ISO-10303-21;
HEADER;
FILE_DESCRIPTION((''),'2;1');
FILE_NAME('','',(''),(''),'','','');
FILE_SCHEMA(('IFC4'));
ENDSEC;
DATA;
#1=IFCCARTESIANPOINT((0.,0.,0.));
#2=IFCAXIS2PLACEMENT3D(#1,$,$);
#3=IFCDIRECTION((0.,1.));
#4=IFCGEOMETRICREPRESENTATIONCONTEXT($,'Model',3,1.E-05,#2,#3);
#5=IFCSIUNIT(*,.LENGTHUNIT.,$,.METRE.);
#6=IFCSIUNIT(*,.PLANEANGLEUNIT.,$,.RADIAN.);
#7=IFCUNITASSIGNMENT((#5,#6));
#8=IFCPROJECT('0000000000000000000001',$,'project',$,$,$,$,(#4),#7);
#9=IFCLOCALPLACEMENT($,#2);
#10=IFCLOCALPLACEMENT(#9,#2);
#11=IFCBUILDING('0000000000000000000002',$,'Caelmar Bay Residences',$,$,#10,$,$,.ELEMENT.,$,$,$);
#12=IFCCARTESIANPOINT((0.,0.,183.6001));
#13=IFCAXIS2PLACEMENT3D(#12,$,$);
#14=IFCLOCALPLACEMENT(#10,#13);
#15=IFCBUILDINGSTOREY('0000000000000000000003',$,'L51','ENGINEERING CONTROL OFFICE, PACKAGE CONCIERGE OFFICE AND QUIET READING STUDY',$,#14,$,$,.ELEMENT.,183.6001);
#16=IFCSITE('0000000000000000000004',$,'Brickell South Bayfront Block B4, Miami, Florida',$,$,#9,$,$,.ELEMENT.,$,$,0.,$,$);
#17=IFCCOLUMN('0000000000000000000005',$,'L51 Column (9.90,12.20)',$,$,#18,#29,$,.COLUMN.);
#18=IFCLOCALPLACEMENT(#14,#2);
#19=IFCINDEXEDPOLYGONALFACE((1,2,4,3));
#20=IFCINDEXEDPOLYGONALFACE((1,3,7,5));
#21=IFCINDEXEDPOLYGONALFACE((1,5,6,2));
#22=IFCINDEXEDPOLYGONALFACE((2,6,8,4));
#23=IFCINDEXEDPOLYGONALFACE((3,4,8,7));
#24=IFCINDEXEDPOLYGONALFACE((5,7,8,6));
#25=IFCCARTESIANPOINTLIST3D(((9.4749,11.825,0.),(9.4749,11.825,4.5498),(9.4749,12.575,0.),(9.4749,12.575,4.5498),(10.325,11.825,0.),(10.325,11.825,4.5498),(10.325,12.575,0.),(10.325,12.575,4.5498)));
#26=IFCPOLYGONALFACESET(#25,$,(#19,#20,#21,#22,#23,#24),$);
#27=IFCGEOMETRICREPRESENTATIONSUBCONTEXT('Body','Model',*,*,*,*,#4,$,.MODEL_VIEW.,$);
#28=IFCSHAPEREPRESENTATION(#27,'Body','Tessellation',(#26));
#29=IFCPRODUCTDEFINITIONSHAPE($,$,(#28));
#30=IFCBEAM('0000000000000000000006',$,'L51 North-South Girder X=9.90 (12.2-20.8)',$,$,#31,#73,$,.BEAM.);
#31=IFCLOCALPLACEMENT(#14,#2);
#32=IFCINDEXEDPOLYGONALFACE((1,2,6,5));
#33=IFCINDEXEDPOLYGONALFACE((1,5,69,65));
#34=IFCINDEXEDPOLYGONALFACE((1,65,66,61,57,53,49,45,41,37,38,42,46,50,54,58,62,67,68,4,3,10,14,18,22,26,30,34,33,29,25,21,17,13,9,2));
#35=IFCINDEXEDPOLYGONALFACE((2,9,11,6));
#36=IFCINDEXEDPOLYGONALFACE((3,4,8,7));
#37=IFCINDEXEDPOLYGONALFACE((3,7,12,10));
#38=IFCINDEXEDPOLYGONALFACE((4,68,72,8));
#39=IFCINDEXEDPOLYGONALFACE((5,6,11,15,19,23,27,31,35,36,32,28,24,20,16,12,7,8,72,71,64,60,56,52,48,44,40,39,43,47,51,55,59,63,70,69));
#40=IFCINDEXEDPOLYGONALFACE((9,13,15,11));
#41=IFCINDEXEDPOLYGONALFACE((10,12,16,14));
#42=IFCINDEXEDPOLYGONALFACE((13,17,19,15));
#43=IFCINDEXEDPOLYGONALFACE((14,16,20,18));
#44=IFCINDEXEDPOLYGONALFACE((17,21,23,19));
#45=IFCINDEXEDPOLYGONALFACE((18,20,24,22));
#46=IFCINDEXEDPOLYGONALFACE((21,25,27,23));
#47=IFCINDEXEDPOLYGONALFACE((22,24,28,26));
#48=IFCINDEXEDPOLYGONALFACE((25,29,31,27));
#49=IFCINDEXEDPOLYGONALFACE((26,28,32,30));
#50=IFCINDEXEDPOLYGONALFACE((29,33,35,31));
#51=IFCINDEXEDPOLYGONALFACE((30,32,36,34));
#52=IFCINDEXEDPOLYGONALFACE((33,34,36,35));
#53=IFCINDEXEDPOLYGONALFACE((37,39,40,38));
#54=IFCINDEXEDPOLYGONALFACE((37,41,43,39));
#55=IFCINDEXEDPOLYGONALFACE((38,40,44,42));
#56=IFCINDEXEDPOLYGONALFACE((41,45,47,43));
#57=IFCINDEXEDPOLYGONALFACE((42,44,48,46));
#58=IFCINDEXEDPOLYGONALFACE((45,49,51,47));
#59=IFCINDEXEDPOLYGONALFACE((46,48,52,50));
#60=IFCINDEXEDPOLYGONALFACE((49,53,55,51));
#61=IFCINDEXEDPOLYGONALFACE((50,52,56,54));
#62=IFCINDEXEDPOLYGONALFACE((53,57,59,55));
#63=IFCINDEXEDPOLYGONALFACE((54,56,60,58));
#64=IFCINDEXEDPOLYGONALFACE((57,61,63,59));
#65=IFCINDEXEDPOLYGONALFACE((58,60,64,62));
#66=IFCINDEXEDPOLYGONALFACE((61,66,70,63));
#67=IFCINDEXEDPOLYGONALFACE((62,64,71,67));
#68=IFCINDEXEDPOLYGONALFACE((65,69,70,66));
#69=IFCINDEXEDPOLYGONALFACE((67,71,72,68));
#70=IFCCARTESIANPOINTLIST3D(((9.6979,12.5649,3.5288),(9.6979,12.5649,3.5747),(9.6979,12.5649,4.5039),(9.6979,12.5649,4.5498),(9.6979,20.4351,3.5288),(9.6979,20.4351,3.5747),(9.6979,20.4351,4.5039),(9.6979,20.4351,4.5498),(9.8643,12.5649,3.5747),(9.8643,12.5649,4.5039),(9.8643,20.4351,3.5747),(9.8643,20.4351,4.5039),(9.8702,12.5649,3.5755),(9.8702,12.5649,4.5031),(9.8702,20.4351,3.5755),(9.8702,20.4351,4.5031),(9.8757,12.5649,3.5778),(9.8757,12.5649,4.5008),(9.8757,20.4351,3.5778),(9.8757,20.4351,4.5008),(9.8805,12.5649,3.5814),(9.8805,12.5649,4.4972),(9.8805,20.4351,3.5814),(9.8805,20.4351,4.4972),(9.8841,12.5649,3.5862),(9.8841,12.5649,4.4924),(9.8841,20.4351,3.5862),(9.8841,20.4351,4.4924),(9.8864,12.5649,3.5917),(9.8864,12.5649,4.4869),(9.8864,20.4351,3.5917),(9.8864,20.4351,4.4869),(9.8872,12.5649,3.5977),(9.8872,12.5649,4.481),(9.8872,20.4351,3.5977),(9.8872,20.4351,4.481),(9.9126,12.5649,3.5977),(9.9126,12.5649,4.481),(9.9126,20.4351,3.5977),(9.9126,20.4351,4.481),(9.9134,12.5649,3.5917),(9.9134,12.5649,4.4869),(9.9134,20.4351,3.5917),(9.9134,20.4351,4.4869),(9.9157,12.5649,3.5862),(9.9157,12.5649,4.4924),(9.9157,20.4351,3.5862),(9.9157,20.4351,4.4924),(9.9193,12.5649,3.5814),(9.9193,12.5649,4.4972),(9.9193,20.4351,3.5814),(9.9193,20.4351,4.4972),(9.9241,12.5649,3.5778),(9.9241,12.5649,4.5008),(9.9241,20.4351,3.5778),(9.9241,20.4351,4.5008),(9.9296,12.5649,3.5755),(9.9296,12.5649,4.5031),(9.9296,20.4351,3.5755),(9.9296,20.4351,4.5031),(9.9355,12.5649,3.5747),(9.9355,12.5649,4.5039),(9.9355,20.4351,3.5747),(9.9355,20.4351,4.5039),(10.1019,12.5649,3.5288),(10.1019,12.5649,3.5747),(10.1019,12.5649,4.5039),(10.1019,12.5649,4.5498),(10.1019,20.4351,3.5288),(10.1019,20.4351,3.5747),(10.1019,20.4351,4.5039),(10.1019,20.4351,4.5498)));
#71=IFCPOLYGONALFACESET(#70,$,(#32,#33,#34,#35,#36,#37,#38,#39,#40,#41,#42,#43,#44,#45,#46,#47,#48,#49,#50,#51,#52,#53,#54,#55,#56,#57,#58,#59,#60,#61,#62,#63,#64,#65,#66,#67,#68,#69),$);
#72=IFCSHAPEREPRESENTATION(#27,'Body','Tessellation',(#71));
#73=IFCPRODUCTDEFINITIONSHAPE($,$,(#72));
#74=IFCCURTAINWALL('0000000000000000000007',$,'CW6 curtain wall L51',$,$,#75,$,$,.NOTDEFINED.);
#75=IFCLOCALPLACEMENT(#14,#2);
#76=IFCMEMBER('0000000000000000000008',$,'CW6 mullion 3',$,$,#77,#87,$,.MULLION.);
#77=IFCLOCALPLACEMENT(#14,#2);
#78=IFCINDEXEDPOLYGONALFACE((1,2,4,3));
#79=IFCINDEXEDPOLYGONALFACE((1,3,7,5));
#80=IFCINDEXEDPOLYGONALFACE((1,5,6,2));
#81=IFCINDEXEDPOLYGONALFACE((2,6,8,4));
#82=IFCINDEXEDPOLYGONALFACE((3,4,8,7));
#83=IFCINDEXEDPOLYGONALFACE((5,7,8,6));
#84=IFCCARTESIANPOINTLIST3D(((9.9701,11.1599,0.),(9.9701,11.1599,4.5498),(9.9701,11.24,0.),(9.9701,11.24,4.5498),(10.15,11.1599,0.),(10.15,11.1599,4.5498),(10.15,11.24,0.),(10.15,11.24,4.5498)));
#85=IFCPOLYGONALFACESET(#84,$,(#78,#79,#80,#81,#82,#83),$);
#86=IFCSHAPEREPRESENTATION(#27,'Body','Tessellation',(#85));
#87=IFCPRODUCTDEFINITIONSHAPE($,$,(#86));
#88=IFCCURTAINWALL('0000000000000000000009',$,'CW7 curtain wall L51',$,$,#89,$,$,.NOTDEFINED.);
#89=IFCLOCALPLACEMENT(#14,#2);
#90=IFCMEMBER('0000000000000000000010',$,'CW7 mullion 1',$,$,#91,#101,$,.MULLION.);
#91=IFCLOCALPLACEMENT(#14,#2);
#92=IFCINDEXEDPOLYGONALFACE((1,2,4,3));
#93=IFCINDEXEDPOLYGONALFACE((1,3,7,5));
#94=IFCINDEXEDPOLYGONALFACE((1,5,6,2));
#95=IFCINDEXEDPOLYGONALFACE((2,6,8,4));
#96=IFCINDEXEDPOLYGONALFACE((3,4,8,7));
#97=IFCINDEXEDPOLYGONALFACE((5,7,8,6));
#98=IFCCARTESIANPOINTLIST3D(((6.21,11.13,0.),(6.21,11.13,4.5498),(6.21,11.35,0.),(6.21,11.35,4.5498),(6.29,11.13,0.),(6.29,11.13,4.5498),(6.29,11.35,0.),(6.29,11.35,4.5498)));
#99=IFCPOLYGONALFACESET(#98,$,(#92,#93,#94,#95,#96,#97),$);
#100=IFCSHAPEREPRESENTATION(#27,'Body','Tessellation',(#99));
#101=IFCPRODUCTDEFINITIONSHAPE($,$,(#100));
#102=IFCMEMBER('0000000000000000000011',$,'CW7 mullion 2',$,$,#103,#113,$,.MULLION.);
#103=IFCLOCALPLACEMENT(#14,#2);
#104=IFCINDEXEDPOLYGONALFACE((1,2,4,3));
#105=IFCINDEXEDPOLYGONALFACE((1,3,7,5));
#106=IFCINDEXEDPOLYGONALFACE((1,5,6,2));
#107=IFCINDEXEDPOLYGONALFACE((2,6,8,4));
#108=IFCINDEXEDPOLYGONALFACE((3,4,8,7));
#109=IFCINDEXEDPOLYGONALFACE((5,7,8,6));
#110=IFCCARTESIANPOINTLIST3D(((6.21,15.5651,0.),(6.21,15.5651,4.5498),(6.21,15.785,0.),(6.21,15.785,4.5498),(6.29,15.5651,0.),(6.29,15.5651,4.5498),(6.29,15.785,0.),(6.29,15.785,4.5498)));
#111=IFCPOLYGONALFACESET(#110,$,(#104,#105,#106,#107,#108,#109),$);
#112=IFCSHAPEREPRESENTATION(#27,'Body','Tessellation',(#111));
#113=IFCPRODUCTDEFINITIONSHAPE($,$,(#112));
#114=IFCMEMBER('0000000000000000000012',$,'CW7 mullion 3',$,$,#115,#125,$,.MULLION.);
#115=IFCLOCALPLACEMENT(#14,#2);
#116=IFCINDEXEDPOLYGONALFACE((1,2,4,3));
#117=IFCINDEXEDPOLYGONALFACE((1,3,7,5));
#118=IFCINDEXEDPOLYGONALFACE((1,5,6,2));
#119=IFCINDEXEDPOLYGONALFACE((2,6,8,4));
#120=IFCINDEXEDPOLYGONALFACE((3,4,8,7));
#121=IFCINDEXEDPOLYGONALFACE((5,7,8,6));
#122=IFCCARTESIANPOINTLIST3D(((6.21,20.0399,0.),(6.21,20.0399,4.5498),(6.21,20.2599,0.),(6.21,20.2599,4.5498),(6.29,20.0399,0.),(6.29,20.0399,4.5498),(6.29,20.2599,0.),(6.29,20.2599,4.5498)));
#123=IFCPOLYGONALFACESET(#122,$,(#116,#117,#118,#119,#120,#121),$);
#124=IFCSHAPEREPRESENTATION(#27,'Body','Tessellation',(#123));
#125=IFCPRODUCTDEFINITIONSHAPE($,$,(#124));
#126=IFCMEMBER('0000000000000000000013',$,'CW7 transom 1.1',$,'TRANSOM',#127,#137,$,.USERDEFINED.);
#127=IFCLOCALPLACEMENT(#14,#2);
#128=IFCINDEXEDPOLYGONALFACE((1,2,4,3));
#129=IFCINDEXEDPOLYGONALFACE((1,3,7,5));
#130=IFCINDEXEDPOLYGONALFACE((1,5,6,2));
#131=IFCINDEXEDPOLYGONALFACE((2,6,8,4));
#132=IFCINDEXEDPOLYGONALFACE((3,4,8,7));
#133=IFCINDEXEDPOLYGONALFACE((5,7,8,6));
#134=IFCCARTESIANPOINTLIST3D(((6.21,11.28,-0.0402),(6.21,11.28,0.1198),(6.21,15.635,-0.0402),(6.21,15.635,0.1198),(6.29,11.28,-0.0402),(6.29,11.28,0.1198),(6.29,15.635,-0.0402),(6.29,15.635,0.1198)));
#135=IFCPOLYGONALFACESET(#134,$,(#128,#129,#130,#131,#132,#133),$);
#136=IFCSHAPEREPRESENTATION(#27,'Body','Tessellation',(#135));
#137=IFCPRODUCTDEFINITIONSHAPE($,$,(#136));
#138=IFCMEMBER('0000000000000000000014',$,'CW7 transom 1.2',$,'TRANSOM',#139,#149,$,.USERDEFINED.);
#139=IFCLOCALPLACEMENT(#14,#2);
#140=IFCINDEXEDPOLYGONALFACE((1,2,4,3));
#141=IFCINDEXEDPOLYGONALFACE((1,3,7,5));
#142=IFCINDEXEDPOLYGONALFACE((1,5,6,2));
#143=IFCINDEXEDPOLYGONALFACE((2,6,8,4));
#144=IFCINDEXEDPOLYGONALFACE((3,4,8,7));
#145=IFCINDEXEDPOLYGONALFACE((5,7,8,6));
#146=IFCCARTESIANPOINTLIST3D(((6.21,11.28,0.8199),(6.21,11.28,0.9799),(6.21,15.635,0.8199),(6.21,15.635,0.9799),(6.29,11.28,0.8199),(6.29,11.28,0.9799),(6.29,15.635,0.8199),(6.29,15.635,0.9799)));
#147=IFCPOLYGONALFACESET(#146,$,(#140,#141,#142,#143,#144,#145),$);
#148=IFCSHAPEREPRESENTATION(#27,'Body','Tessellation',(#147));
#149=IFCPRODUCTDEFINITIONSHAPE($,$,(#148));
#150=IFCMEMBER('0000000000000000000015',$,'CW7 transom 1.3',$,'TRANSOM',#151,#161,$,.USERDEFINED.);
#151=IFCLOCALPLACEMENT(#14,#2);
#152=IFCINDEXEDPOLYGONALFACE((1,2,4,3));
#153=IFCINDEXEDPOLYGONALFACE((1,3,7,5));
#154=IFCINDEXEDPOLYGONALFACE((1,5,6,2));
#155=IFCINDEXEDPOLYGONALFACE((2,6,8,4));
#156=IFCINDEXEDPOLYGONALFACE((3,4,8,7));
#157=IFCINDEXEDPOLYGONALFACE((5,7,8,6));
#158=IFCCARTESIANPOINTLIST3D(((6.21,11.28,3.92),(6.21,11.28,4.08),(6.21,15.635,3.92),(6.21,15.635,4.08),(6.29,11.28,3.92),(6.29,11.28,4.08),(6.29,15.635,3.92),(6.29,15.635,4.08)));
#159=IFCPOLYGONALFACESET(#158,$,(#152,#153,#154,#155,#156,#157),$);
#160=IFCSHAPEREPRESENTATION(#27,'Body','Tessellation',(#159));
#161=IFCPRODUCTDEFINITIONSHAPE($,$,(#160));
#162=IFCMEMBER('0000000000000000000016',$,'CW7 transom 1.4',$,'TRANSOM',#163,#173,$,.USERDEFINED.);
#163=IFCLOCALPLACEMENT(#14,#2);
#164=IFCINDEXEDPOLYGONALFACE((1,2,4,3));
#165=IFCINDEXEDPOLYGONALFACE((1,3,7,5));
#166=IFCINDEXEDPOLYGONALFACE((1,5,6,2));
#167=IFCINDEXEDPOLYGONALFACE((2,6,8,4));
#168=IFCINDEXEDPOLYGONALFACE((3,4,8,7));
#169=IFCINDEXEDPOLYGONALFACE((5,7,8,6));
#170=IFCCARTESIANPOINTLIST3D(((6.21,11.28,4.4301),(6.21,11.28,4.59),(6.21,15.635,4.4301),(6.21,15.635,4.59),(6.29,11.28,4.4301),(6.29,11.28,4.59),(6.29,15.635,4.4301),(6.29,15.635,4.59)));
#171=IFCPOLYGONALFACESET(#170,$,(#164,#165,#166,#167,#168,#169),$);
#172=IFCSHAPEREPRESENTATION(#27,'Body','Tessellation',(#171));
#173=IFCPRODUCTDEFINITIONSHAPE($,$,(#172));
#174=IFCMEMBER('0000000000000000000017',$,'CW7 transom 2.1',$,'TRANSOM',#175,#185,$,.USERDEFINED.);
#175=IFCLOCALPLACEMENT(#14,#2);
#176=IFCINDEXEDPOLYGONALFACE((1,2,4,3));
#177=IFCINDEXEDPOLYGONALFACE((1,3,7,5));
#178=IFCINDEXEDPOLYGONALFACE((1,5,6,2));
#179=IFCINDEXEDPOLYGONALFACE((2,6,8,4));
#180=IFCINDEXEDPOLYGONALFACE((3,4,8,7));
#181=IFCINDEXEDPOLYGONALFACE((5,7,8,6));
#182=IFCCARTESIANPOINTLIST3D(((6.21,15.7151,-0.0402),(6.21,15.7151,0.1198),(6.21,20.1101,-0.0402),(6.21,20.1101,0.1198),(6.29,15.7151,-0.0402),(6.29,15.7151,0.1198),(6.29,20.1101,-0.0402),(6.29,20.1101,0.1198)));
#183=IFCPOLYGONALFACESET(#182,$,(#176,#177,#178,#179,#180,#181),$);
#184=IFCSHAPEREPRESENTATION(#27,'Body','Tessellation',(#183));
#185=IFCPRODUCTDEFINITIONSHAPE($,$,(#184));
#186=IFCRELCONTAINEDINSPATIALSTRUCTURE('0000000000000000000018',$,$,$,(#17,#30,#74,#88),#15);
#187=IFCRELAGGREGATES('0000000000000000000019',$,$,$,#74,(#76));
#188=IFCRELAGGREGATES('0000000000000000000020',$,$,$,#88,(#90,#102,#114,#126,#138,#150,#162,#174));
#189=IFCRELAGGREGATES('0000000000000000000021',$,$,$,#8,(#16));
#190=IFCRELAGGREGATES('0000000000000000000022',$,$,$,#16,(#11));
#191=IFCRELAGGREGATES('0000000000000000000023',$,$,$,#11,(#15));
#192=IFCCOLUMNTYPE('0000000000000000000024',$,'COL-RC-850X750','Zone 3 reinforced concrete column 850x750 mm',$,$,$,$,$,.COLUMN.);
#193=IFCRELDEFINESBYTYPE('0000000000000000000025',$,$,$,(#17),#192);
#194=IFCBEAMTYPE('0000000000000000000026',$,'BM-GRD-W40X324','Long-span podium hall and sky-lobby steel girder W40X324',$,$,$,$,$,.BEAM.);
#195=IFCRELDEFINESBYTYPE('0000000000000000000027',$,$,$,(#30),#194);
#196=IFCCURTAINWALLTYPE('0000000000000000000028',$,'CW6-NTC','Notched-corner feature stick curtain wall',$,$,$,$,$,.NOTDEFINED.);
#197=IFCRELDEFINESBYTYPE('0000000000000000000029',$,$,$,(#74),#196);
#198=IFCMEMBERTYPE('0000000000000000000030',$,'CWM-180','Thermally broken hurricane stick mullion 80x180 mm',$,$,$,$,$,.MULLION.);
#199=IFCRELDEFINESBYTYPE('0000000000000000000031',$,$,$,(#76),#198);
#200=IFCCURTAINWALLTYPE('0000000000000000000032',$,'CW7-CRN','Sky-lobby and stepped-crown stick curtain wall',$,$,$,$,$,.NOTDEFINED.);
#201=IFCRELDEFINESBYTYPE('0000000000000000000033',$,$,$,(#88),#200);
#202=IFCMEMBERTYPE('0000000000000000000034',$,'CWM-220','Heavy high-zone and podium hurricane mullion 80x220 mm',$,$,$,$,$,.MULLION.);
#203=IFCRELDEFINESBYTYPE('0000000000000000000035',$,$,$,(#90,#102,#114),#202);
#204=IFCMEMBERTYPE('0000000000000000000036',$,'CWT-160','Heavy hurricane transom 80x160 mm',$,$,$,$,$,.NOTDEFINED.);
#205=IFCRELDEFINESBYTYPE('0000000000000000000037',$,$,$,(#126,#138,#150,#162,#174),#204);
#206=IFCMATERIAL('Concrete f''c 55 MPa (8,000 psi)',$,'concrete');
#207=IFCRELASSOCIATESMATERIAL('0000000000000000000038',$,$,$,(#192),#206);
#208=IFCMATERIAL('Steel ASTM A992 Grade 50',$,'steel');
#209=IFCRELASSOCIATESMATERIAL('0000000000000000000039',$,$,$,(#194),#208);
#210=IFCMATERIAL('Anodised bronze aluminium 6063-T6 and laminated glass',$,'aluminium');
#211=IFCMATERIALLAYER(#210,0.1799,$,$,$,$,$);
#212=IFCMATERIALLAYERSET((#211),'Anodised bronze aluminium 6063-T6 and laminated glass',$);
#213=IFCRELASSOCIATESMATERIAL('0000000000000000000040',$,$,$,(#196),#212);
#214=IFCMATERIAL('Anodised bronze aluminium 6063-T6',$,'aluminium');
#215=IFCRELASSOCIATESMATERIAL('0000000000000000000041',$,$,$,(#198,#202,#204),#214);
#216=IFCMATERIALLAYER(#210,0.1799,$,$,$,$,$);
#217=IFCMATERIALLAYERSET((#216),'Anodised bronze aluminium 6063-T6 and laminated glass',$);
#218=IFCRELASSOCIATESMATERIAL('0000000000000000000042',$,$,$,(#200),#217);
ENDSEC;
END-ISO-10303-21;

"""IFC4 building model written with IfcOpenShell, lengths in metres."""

from ifc_helpers import new_model, si_unit, direction, frame, origin, origin_2d, place, context, subcontext, project, spatial, rectangle, i_section, extrude, material, layer, layer_set, material_profile, profile_set, type_object, element, aggregate, save


model = new_model("IFC4")

# Units and contexts
model_context = context("Model", 3, precision=1e-05, world=origin(), true_north=direction((0.0, 1.0)))
body_context = subcontext(model_context, "Body", "Model", "MODEL_VIEW")
ifc_project = project(units=[si_unit("LENGTHUNIT", "METRE"), si_unit("PLANEANGLEUNIT", "RADIAN")], contexts=[model_context])

# Site, building, storey
site_placement = place(None, origin())
site = spatial("IfcSite", under=ifc_project, at=site_placement, Name="Brickell South Bayfront Block B4, Miami, Florida", CompositionType="ELEMENT", RefElevation=0.0)
building_placement = place(site_placement, origin())
building = spatial("IfcBuilding", under=site, at=building_placement, Name="Caelmar Bay Residences", CompositionType="ELEMENT")
storey_placement = place(building_placement, frame((0.0, 0.0, 183.6001)))
storey = spatial("IfcBuildingStorey", under=building, at=storey_placement, Name="L51", Description="ENGINEERING CONTROL OFFICE, PACKAGE CONCIERGE OFFICE AND QUIET READING STUDY", CompositionType="ELEMENT", Elevation=183.6001)

# Column
ifc_material_1 = material(Name="Concrete f'c 55 MPa (8,000 psi)", Category="concrete")
ifc_material_profile_1 = material_profile(ifc_material_1, rectangle(XDim=0.8501, YDim=0.75, at=origin_2d()), Name="RC-COL-850X750")
ifc_profile_set_1 = profile_set([ifc_material_profile_1], Name="Concrete f'c 55 MPa (8,000 psi)")
column_type = type_object("IfcColumnType", Name="COL-RC-850X750", Description="Zone 3 reinforced concrete column 850x750 mm", PredefinedType="COLUMN", material=ifc_profile_set_1)
column_placement = place(storey_placement, frame((9.8999, 12.2, 0.0), z_axis=(0.0, 0.0, 1.0), x_axis=(1.0, 0.0, 0.0)))
element("IfcColumn", 1, at=column_placement, inside=storey, type_object=column_type, Name="L51 Column (9.90,12.20)", PredefinedType="COLUMN", context=body_context, shape_type="SweptSolid", body=[
    extrude(rectangle(XDim=0.8501, YDim=0.75, at=origin_2d()), origin(), (0.0, 0.0, 1.0), 4.5498),
])

# Beam
ifc_material_2 = material(Name="Steel ASTM A992 Grade 50", Category="steel")
ifc_material_profile_2 = material_profile(ifc_material_2, i_section(OverallWidth=0.4041, OverallDepth=1.021, WebThickness=0.0254, FlangeThickness=0.0459, FilletRadius=0.0229, at=origin_2d()), Name="W40X324")
ifc_profile_set_2 = profile_set([ifc_material_profile_2], Name="Steel ASTM A992 Grade 50")
beam_type = type_object("IfcBeamType", Name="BM-GRD-W40X324", Description="Long-span podium hall and sky-lobby steel girder W40X324", PredefinedType="BEAM", material=ifc_profile_set_2)
beam_placement = place(storey_placement, frame((9.8999, 12.5649, 4.0393), z_axis=(0.0, 1.0, 0.0), x_axis=(-1.0, 0.0, 0.0)))
element("IfcBeam", 2, at=beam_placement, inside=storey, type_object=beam_type, Name="L51 North-South Girder X=9.90 (12.2-20.8)", PredefinedType="BEAM", context=body_context, shape_type="SweptSolid", body=[
    extrude(i_section(OverallWidth=0.4041, OverallDepth=1.021, WebThickness=0.0254, FlangeThickness=0.0459, FilletRadius=0.0229, at=origin_2d()), origin(), (0.0, 0.0, 1.0), 7.8701),
])

# Curtain wall, member
ifc_material_3 = material(Name="Anodised bronze aluminium 6063-T6 and laminated glass", Category="aluminium")
ifc_layer_1 = layer(ifc_material_3, 0.1799)
ifc_layer_set_1 = layer_set([ifc_layer_1], Name="Anodised bronze aluminium 6063-T6 and laminated glass")
curtain_wall_type_1 = type_object("IfcCurtainWallType", Name="CW6-NTC", Description="Notched-corner feature stick curtain wall", PredefinedType="NOTDEFINED", material=ifc_layer_set_1)
curtain_wall_1_placement = place(storey_placement, origin())
curtain_wall_1 = element("IfcCurtainWall", 3, at=curtain_wall_1_placement, inside=storey, type_object=curtain_wall_type_1, Name="CW6 curtain wall L51", PredefinedType="NOTDEFINED")
ifc_material_4 = material(Name="Anodised bronze aluminium 6063-T6", Category="aluminium")
ifc_material_profile_3 = material_profile(ifc_material_4, rectangle(XDim=0.0801, YDim=0.1799, at=origin_2d()), Name="CWM-80X180")
ifc_profile_set_3 = profile_set([ifc_material_profile_3], Name="Anodised bronze aluminium 6063-T6")
member_type_1 = type_object("IfcMemberType", Name="CWM-180", Description="Thermally broken hurricane stick mullion 80x180 mm", PredefinedType="MULLION", material=ifc_profile_set_3)
member_1_placement = place(storey_placement, frame((10.0601, 11.2, 0.0), z_axis=(0.0, 0.0, 1.0), x_axis=(0.0, 1.0, 0.0)))
member_1 = element("IfcMember", 4, at=member_1_placement, type_object=member_type_1, Name="CW6 mullion 3", PredefinedType="MULLION", context=body_context, shape_type="SweptSolid", body=[
    extrude(rectangle(XDim=0.0801, YDim=0.1799, at=origin_2d()), origin(), (0.0, 0.0, 1.0), 4.5498),
])
aggregate(curtain_wall_1, [member_1])

# Curtain wall, members
ifc_layer_2 = layer(ifc_material_3, 0.1799)
ifc_layer_set_2 = layer_set([ifc_layer_2], Name="Anodised bronze aluminium 6063-T6 and laminated glass")
curtain_wall_type_2 = type_object("IfcCurtainWallType", Name="CW7-CRN", Description="Sky-lobby and stepped-crown stick curtain wall", PredefinedType="NOTDEFINED", material=ifc_layer_set_2)
curtain_wall_2_placement = place(storey_placement, origin())
curtain_wall_2 = element("IfcCurtainWall", 5, at=curtain_wall_2_placement, inside=storey, type_object=curtain_wall_type_2, Name="CW7 curtain wall L51", PredefinedType="NOTDEFINED")
ifc_material_profile_4 = material_profile(ifc_material_4, rectangle(XDim=0.0801, YDim=0.22, at=origin_2d()), Name="CWM-80X220")
ifc_profile_set_4 = profile_set([ifc_material_profile_4], Name="Anodised bronze aluminium 6063-T6")
member_type_2 = type_object("IfcMemberType", Name="CWM-220", Description="Heavy high-zone and podium hurricane mullion 80x220 mm", PredefinedType="MULLION", material=ifc_profile_set_4)
member_2_placement = place(storey_placement, frame((6.25, 11.24, 0.0), z_axis=(0.0, 0.0, 1.0), x_axis=(-1.0, 0.0, 0.0)))
member_2 = element("IfcMember", 6, at=member_2_placement, type_object=member_type_2, Name="CW7 mullion 1", PredefinedType="MULLION", context=body_context, shape_type="SweptSolid", body=[
    extrude(rectangle(XDim=0.0801, YDim=0.22, at=origin_2d()), origin(), (0.0, 0.0, 1.0), 4.5498),
])
member_3_placement = place(storey_placement, frame((6.25, 15.675, 0.0), z_axis=(0.0, 0.0, 1.0), x_axis=(-1.0, 0.0, 0.0)))
member_3 = element("IfcMember", 7, at=member_3_placement, type_object=member_type_2, Name="CW7 mullion 2", PredefinedType="MULLION", context=body_context, shape_type="SweptSolid", body=[
    extrude(rectangle(XDim=0.0801, YDim=0.22, at=origin_2d()), origin(), (0.0, 0.0, 1.0), 4.5498),
])
member_4_placement = place(storey_placement, frame((6.25, 20.1499, 0.0), z_axis=(0.0, 0.0, 1.0), x_axis=(-1.0, 0.0, 0.0)))
member_4 = element("IfcMember", 8, at=member_4_placement, type_object=member_type_2, Name="CW7 mullion 3", PredefinedType="MULLION", context=body_context, shape_type="SweptSolid", body=[
    extrude(rectangle(XDim=0.0801, YDim=0.22, at=origin_2d()), origin(), (0.0, 0.0, 1.0), 4.5498),
])
ifc_material_profile_5 = material_profile(ifc_material_4, rectangle(XDim=0.0801, YDim=0.1599, at=origin_2d()), Name="CWT-80X160")
ifc_profile_set_5 = profile_set([ifc_material_profile_5], Name="Anodised bronze aluminium 6063-T6")
member_type_3 = type_object("IfcMemberType", Name="CWT-160", Description="Heavy hurricane transom 80x160 mm", PredefinedType="NOTDEFINED", material=ifc_profile_set_5)
member_5_placement = place(storey_placement, frame((6.25, 11.28, 0.0398), z_axis=(0.0, 1.0, 0.0), x_axis=(-1.0, 0.0, 0.0)))
member_5 = element("IfcMember", 9, at=member_5_placement, type_object=member_type_3, Name="CW7 transom 1.1", ObjectType="TRANSOM", PredefinedType="USERDEFINED", context=body_context, shape_type="SweptSolid", body=[
    extrude(rectangle(XDim=0.0801, YDim=0.1599, at=origin_2d()), origin(), (0.0, 0.0, 1.0), 4.355),
])
member_6_placement = place(storey_placement, frame((6.25, 11.28, 0.8999), z_axis=(0.0, 1.0, 0.0), x_axis=(-1.0, 0.0, 0.0)))
member_6 = element("IfcMember", 10, at=member_6_placement, type_object=member_type_3, Name="CW7 transom 1.2", ObjectType="TRANSOM", PredefinedType="USERDEFINED", context=body_context, shape_type="SweptSolid", body=[
    extrude(rectangle(XDim=0.0801, YDim=0.1599, at=origin_2d()), origin(), (0.0, 0.0, 1.0), 4.355),
])
member_7_placement = place(storey_placement, frame((6.25, 11.28, 4.0), z_axis=(0.0, 1.0, 0.0), x_axis=(-1.0, 0.0, 0.0)))
member_7 = element("IfcMember", 11, at=member_7_placement, type_object=member_type_3, Name="CW7 transom 1.3", ObjectType="TRANSOM", PredefinedType="USERDEFINED", context=body_context, shape_type="SweptSolid", body=[
    extrude(rectangle(XDim=0.0801, YDim=0.1599, at=origin_2d()), origin(), (0.0, 0.0, 1.0), 4.355),
])
member_8_placement = place(storey_placement, frame((6.25, 11.28, 4.51), z_axis=(0.0, 1.0, 0.0), x_axis=(-1.0, 0.0, 0.0)))
member_8 = element("IfcMember", 12, at=member_8_placement, type_object=member_type_3, Name="CW7 transom 1.4", ObjectType="TRANSOM", PredefinedType="USERDEFINED", context=body_context, shape_type="SweptSolid", body=[
    extrude(rectangle(XDim=0.0801, YDim=0.1599, at=origin_2d()), origin(), (0.0, 0.0, 1.0), 4.355),
])
member_9_placement = place(storey_placement, frame((6.25, 15.7151, 0.0398), z_axis=(0.0, 1.0, 0.0), x_axis=(-1.0, 0.0, 0.0)))
member_9 = element("IfcMember", 13, at=member_9_placement, type_object=member_type_3, Name="CW7 transom 2.1", ObjectType="TRANSOM", PredefinedType="USERDEFINED", context=body_context, shape_type="SweptSolid", body=[
    extrude(rectangle(XDim=0.0801, YDim=0.1599, at=origin_2d()), origin(), (0.0, 0.0, 1.0), 4.395),
])
aggregate(curtain_wall_2, [member_2, member_3, member_4, member_5, member_6, member_7, member_8, member_9])

save(model, "model.ifc")
